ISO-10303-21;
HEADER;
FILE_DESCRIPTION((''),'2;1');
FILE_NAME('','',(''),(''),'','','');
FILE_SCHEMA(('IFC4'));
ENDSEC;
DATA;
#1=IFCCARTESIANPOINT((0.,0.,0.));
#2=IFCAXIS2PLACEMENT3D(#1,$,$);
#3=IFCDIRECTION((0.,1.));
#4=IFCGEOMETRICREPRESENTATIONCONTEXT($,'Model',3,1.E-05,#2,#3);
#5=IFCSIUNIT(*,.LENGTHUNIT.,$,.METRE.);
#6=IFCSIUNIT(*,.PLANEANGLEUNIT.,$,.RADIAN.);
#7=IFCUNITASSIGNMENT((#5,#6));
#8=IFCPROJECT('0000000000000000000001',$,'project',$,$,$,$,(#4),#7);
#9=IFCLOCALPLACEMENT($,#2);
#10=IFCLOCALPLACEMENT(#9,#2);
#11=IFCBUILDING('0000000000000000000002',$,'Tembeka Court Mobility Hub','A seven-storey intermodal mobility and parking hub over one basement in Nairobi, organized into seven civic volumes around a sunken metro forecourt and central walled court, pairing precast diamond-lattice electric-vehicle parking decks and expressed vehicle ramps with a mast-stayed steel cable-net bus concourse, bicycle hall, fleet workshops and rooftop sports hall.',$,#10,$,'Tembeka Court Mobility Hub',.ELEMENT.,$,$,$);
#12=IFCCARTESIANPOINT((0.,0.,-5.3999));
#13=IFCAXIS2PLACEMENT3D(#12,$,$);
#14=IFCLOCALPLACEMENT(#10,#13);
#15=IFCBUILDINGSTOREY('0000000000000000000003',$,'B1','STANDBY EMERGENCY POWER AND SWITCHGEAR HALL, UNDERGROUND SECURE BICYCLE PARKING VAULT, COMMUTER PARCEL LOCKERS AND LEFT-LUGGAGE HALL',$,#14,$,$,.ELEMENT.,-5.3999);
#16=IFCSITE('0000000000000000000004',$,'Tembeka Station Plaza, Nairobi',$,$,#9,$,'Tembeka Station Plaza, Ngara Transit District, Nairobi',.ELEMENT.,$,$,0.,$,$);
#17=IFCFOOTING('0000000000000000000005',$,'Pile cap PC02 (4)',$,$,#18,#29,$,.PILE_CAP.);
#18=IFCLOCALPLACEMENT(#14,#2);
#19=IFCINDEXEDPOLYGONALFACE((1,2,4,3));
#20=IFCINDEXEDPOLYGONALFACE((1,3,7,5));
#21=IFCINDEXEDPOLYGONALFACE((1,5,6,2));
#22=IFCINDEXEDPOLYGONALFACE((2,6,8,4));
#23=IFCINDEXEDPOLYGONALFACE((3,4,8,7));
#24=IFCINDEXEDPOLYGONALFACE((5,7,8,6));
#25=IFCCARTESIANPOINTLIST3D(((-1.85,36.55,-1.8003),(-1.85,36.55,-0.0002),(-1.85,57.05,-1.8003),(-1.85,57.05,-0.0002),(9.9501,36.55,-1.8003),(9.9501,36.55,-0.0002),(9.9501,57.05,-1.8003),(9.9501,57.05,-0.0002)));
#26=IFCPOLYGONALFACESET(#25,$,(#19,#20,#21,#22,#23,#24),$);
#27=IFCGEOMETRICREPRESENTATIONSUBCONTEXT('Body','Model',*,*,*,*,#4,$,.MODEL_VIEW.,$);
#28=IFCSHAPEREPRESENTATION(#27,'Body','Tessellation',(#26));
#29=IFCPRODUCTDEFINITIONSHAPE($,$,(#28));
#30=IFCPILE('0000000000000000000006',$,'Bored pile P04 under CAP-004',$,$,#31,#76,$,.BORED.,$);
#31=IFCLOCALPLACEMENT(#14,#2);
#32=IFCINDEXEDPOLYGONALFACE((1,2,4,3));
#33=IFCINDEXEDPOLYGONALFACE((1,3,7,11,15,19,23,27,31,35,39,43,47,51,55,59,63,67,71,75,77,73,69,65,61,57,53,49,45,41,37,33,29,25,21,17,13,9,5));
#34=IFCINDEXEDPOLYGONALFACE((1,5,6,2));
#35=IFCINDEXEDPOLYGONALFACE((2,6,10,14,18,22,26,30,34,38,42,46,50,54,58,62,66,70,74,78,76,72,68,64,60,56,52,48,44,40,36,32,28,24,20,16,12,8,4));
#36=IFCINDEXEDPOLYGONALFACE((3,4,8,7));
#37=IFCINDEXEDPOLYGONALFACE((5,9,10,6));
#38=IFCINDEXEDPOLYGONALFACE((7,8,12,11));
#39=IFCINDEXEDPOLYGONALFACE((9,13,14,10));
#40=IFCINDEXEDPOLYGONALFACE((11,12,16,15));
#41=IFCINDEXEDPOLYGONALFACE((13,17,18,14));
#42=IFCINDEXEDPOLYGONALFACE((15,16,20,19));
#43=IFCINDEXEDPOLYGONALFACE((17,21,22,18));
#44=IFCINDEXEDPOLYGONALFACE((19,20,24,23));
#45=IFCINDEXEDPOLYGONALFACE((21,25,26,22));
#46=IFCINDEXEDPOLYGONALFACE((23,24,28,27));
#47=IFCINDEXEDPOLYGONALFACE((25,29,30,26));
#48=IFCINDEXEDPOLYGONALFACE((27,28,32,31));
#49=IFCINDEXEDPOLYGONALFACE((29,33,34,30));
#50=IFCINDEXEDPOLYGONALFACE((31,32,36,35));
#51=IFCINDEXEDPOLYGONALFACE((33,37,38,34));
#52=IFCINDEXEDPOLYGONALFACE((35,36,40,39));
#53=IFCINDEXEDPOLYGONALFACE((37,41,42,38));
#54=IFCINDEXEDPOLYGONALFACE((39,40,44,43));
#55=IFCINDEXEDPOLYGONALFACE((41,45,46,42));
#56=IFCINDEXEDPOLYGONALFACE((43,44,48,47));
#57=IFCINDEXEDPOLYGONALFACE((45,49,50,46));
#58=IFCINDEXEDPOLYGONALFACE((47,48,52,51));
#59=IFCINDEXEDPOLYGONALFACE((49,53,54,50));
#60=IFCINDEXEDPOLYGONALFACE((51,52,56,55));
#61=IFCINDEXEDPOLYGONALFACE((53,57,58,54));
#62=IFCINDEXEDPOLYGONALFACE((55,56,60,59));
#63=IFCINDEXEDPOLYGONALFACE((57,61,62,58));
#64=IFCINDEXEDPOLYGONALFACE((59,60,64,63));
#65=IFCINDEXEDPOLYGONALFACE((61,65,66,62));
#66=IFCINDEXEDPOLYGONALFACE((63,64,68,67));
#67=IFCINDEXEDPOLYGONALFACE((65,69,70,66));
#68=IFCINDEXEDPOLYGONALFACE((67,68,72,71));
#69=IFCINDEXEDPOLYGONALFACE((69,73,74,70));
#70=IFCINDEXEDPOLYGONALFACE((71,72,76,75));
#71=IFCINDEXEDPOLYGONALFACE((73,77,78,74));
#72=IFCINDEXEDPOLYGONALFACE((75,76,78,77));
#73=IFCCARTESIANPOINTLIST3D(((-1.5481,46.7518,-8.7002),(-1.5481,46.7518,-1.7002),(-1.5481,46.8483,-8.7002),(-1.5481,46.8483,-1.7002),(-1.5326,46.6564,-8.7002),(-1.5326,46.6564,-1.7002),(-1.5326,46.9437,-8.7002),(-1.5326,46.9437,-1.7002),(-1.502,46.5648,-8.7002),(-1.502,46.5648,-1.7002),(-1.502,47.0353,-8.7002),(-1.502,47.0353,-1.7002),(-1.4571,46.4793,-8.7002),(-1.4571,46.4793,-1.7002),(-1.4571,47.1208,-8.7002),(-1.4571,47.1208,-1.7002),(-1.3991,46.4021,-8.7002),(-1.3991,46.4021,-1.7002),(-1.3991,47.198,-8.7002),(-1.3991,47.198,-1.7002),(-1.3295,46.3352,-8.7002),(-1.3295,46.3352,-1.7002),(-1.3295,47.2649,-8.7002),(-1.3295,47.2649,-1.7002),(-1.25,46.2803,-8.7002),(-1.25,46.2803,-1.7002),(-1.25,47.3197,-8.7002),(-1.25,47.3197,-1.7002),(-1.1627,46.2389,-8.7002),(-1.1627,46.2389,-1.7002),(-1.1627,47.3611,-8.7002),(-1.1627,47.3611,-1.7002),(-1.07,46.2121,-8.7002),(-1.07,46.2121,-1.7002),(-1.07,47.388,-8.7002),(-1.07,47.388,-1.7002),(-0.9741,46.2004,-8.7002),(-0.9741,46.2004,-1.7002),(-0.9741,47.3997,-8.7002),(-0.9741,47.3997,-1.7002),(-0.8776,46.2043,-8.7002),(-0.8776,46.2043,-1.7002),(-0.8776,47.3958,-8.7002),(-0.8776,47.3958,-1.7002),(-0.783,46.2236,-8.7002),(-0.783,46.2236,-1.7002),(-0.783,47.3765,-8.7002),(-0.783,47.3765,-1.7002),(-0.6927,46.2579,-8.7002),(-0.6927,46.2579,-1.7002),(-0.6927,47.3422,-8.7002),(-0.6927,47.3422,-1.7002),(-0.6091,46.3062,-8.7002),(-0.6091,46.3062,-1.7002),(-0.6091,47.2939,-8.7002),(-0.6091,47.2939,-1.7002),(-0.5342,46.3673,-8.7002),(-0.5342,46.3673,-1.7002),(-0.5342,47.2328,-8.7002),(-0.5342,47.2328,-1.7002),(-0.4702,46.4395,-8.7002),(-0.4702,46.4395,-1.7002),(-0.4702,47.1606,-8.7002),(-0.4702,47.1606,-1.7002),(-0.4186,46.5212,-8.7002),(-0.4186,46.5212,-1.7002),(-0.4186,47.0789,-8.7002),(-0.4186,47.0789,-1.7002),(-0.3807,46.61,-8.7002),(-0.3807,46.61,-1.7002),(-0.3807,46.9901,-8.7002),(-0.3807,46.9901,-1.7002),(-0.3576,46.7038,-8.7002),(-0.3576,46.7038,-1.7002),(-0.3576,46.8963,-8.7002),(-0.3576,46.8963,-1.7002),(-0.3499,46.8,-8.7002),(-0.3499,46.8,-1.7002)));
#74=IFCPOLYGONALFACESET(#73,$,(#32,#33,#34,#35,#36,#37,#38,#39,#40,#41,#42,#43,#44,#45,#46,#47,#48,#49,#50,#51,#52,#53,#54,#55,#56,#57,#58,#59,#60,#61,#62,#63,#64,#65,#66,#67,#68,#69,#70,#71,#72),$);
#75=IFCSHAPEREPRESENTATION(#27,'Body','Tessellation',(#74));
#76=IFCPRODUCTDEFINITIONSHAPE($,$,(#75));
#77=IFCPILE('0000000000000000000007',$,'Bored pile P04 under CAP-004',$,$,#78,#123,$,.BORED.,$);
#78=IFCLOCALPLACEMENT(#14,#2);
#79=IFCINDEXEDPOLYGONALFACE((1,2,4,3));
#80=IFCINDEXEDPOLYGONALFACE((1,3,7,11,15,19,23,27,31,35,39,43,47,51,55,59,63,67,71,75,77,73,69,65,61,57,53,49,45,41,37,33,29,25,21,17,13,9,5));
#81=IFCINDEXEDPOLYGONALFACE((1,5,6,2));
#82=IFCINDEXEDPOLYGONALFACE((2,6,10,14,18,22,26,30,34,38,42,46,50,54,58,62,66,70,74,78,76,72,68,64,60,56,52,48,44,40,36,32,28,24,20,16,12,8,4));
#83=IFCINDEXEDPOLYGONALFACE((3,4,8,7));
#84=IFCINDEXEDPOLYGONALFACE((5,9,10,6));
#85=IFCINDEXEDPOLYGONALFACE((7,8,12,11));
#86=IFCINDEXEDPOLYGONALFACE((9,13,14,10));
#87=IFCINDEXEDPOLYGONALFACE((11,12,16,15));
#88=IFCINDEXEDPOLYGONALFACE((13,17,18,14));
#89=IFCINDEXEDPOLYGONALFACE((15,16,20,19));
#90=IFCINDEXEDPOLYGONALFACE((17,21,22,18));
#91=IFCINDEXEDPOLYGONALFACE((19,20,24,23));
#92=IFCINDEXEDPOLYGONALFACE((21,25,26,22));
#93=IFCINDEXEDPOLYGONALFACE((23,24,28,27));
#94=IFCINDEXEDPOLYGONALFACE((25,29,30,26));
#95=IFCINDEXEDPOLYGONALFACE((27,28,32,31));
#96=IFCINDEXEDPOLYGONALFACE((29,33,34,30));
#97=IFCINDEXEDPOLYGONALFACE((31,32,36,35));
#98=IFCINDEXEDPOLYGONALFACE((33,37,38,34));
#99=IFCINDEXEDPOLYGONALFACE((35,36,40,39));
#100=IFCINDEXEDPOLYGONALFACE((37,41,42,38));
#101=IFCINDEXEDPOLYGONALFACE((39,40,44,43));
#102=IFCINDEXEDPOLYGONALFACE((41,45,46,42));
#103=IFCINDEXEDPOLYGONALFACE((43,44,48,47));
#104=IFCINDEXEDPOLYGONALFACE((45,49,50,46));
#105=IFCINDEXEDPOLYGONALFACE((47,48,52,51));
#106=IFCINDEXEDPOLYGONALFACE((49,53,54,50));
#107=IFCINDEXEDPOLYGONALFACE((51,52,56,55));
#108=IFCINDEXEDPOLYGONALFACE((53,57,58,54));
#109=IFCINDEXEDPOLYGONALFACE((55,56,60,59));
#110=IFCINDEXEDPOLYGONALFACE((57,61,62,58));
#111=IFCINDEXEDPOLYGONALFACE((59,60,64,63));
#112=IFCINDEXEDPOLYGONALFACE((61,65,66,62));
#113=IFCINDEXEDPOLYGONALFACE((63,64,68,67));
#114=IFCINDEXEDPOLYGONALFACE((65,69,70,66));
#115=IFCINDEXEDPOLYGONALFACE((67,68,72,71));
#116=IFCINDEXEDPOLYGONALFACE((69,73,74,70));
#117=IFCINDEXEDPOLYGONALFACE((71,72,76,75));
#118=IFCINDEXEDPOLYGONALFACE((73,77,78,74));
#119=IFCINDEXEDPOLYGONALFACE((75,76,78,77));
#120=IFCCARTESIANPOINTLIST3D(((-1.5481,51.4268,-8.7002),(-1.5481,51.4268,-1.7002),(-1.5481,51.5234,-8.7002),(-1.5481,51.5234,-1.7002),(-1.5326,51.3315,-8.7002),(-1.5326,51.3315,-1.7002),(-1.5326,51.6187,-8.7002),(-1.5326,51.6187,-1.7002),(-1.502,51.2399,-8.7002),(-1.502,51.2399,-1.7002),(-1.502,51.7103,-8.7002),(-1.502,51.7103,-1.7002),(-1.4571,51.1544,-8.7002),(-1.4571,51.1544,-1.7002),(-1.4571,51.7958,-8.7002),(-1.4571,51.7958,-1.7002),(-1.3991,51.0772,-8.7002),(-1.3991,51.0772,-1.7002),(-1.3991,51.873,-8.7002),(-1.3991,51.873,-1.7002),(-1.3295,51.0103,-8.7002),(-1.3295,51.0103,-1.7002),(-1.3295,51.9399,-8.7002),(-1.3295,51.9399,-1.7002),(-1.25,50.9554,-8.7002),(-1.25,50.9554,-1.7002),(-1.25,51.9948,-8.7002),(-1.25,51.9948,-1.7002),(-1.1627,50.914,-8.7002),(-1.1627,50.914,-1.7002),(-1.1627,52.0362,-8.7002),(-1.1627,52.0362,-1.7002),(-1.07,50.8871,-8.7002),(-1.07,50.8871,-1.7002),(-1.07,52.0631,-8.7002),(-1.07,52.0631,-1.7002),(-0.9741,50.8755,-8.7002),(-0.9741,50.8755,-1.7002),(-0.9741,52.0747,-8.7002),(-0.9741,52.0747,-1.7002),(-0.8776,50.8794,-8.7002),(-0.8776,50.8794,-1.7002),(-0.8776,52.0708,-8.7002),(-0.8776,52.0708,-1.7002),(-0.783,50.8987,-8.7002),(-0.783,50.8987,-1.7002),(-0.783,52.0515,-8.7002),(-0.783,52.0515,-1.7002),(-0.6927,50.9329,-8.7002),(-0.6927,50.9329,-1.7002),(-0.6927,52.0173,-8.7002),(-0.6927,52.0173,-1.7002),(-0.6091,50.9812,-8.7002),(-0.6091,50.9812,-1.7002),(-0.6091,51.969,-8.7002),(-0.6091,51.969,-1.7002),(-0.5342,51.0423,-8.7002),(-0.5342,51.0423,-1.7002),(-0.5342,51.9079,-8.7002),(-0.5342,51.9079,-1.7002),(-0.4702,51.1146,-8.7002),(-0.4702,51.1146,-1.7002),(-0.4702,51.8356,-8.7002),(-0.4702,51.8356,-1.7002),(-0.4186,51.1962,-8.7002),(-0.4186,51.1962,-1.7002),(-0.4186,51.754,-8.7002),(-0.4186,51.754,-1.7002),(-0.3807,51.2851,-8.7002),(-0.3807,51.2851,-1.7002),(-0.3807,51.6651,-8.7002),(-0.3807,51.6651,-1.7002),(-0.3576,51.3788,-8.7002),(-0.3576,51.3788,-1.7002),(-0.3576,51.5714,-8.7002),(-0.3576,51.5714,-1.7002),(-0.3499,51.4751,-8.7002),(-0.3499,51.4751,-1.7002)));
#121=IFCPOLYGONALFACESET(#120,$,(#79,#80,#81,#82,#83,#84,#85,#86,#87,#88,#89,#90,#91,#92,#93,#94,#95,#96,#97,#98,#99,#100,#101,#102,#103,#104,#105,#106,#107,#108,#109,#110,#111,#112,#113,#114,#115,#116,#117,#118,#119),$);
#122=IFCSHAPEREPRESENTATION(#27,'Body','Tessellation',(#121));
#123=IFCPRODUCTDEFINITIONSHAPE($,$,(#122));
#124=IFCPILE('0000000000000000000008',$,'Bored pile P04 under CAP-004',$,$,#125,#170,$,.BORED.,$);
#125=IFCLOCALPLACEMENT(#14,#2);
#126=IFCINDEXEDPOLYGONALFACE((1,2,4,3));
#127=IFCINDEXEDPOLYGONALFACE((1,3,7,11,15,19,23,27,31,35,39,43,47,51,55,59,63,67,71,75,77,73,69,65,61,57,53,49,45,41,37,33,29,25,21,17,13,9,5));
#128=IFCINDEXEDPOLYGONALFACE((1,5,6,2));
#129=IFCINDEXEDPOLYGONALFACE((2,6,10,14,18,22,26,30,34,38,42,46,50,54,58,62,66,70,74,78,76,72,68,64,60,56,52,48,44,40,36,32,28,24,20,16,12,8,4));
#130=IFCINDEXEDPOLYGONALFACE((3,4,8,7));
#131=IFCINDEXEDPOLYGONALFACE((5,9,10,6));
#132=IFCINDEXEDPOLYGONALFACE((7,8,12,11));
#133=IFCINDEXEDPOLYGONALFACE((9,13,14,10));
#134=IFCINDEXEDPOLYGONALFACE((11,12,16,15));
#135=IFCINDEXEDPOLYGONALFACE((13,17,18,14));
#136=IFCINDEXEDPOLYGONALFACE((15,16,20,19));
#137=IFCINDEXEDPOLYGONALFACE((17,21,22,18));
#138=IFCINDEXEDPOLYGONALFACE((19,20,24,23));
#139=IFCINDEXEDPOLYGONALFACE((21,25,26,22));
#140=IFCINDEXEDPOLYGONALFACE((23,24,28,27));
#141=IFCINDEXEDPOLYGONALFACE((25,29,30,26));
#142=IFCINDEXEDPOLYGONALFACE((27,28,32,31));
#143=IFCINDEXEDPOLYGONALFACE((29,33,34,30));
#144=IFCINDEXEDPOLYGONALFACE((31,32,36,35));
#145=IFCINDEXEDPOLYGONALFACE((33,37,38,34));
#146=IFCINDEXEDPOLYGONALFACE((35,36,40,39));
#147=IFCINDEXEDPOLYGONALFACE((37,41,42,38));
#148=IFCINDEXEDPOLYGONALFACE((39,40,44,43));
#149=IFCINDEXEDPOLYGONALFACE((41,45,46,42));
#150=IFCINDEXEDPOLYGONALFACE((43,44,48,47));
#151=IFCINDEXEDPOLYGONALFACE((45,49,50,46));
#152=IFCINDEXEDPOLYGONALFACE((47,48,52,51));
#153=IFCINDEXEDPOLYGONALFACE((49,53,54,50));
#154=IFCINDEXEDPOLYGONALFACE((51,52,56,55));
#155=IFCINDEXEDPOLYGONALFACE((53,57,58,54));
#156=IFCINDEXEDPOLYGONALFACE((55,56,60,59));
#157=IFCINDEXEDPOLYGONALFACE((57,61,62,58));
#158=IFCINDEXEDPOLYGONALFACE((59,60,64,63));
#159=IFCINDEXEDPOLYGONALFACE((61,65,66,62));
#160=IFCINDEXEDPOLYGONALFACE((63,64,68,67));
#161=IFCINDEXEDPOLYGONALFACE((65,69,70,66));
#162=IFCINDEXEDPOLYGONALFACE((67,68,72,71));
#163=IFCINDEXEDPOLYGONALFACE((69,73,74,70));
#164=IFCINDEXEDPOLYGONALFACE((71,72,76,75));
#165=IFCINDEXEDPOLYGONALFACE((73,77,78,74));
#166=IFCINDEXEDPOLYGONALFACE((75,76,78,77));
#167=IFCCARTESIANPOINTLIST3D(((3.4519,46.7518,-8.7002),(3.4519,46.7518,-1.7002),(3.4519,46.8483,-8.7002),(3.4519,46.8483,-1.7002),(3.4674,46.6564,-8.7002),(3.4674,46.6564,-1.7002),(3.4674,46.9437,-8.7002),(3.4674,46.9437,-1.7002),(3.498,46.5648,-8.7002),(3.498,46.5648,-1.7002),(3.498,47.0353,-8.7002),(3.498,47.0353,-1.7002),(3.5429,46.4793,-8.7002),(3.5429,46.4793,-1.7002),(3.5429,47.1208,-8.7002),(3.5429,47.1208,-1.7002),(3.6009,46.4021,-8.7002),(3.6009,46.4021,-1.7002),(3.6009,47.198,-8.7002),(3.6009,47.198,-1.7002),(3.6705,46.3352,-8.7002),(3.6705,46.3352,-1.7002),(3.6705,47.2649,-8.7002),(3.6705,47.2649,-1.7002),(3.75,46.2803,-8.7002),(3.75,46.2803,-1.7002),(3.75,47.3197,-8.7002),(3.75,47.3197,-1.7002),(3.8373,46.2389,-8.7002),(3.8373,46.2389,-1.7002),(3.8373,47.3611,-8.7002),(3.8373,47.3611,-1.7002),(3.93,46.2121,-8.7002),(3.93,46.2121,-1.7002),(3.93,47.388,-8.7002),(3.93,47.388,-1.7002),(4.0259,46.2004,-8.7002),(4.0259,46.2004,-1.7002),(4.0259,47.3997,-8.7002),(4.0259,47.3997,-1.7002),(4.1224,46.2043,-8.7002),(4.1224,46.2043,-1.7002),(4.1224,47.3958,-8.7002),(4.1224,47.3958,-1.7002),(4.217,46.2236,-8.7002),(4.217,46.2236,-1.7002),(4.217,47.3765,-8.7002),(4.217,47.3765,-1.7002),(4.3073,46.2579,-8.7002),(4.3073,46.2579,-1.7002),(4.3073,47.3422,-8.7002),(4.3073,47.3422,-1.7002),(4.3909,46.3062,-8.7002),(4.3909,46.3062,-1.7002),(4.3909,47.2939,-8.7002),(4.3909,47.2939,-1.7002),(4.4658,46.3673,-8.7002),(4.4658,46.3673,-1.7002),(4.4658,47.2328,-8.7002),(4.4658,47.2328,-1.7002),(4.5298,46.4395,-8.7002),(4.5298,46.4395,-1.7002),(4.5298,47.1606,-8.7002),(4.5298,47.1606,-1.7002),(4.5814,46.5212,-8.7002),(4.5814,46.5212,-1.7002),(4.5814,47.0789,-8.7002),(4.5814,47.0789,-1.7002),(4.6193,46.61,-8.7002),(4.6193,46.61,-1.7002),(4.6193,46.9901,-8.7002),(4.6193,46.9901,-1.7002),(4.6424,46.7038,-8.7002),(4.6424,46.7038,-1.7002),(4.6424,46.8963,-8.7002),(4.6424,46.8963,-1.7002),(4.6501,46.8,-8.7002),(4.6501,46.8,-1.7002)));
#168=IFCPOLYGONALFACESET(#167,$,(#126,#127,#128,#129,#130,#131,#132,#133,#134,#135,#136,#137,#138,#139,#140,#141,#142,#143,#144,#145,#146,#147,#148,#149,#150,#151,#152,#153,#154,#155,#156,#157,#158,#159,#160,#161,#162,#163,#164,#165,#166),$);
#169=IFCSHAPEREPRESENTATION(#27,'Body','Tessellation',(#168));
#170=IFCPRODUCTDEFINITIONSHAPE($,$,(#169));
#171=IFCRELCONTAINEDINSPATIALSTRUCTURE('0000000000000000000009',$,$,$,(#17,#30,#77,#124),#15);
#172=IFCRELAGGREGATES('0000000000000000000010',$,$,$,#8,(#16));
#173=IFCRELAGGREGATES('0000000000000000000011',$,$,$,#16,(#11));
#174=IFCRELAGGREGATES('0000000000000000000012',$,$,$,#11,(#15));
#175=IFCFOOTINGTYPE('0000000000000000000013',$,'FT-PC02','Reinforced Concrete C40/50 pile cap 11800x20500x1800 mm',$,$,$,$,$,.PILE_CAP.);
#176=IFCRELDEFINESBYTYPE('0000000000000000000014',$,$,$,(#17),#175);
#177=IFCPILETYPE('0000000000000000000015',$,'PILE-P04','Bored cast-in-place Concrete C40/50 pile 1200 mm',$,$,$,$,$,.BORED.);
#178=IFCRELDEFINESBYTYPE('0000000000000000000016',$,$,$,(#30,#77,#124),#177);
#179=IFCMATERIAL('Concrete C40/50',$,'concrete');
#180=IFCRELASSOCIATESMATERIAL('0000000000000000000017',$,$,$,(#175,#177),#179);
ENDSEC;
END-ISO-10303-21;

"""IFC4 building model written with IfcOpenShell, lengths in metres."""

from ifc_helpers import new_model, si_unit, direction, frame, origin, origin_2d, place, context, subcontext, project, spatial, rectangle, circle, extrude, material, material_profile, profile_set, type_object, element, save


model = new_model("IFC4")

# Units and contexts
model_context = context("Model", 3, precision=1e-05, world=origin(), true_north=direction((0.0, 1.0)))
body_context = subcontext(model_context, "Body", "Model", "MODEL_VIEW")
ifc_project = project(units=[si_unit("LENGTHUNIT", "METRE"), si_unit("PLANEANGLEUNIT", "RADIAN")], contexts=[model_context])

# Site, building, storey
site_placement = place(None, origin())
site = spatial("IfcSite", under=ifc_project, at=site_placement, Name="Tembeka Station Plaza, Nairobi", LongName="Tembeka Station Plaza, Ngara Transit District, Nairobi", CompositionType="ELEMENT", RefElevation=0.0)
building_placement = place(site_placement, origin())
building = spatial("IfcBuilding", under=site, at=building_placement, Name="Tembeka Court Mobility Hub", Description="A seven-storey intermodal mobility and parking hub over one basement in Nairobi, organized into seven civic volumes around a sunken metro forecourt and central walled court, pairing precast diamond-lattice electric-vehicle parking decks and expressed vehicle ramps with a mast-stayed steel cable-net bus concourse, bicycle hall, fleet workshops and rooftop sports hall.", LongName="Tembeka Court Mobility Hub", CompositionType="ELEMENT")
storey_placement = place(building_placement, frame((0.0, 0.0, -5.3999)))
storey = spatial("IfcBuildingStorey", under=building, at=storey_placement, Name="B1", Description="STANDBY EMERGENCY POWER AND SWITCHGEAR HALL, UNDERGROUND SECURE BICYCLE PARKING VAULT, COMMUTER PARCEL LOCKERS AND LEFT-LUGGAGE HALL", CompositionType="ELEMENT", Elevation=-5.3999)

# Footing
ifc_material_1 = material(Name="Concrete C40/50", Category="concrete")
footing_type = type_object("IfcFootingType", Name="FT-PC02", Description="Reinforced Concrete C40/50 pile cap 11800x20500x1800 mm", PredefinedType="PILE_CAP", material=ifc_material_1)
footing_placement = place(storey_placement, frame((4.05, 46.8, -1.8003), z_axis=(0.0, 0.0, 1.0), x_axis=(0.0, 1.0, 0.0)))
element("IfcFooting", 1, at=footing_placement, inside=storey, type_object=footing_type, Name="Pile cap PC02 (4)", PredefinedType="PILE_CAP", context=body_context, shape_type="SweptSolid", body=[
    extrude(rectangle(XDim=20.5, YDim=11.8, at=origin_2d()), origin(), (0.0, 0.0, 1.0), 1.8),
])

# Piles
ifc_material_profile_1 = material_profile(ifc_material_1, circle(Radius=0.6001, at=origin_2d()), Name="PILE D1200")
ifc_profile_set_1 = profile_set([ifc_material_profile_1], Name="Concrete C40/50")
pile_type = type_object("IfcPileType", Name="PILE-P04", Description="Bored cast-in-place Concrete C40/50 pile 1200 mm", PredefinedType="BORED", material=ifc_profile_set_1)
for number, where, z_axis, x_axis, name in (
    (2, (-0.95, 46.8, -1.7002), (0.0, 0.0, -1.0), (1.0, 0.0, 0.0), "Bored pile P04 under CAP-004"),
    (3, (-0.95, 51.4751, -1.7002), (0.0, 0.0, -1.0), (1.0, 0.0, 0.0), "Bored pile P04 under CAP-004"),
    (4, (4.05, 46.8, -1.7002), (0.0, 0.0, -1.0), (1.0, 0.0, 0.0), "Bored pile P04 under CAP-004"),
):
    element("IfcPile", number, at=place(storey_placement, frame(where, z_axis=z_axis, x_axis=x_axis)), inside=storey, type_object=pile_type, Name=name, PredefinedType="BORED", context=body_context, shape_type="SweptSolid", body=[
        extrude(circle(Radius=0.6001, at=origin_2d()), origin(), (0.0, 0.0, 1.0), 7.0),
    ])

save(model, "model.ifc")
